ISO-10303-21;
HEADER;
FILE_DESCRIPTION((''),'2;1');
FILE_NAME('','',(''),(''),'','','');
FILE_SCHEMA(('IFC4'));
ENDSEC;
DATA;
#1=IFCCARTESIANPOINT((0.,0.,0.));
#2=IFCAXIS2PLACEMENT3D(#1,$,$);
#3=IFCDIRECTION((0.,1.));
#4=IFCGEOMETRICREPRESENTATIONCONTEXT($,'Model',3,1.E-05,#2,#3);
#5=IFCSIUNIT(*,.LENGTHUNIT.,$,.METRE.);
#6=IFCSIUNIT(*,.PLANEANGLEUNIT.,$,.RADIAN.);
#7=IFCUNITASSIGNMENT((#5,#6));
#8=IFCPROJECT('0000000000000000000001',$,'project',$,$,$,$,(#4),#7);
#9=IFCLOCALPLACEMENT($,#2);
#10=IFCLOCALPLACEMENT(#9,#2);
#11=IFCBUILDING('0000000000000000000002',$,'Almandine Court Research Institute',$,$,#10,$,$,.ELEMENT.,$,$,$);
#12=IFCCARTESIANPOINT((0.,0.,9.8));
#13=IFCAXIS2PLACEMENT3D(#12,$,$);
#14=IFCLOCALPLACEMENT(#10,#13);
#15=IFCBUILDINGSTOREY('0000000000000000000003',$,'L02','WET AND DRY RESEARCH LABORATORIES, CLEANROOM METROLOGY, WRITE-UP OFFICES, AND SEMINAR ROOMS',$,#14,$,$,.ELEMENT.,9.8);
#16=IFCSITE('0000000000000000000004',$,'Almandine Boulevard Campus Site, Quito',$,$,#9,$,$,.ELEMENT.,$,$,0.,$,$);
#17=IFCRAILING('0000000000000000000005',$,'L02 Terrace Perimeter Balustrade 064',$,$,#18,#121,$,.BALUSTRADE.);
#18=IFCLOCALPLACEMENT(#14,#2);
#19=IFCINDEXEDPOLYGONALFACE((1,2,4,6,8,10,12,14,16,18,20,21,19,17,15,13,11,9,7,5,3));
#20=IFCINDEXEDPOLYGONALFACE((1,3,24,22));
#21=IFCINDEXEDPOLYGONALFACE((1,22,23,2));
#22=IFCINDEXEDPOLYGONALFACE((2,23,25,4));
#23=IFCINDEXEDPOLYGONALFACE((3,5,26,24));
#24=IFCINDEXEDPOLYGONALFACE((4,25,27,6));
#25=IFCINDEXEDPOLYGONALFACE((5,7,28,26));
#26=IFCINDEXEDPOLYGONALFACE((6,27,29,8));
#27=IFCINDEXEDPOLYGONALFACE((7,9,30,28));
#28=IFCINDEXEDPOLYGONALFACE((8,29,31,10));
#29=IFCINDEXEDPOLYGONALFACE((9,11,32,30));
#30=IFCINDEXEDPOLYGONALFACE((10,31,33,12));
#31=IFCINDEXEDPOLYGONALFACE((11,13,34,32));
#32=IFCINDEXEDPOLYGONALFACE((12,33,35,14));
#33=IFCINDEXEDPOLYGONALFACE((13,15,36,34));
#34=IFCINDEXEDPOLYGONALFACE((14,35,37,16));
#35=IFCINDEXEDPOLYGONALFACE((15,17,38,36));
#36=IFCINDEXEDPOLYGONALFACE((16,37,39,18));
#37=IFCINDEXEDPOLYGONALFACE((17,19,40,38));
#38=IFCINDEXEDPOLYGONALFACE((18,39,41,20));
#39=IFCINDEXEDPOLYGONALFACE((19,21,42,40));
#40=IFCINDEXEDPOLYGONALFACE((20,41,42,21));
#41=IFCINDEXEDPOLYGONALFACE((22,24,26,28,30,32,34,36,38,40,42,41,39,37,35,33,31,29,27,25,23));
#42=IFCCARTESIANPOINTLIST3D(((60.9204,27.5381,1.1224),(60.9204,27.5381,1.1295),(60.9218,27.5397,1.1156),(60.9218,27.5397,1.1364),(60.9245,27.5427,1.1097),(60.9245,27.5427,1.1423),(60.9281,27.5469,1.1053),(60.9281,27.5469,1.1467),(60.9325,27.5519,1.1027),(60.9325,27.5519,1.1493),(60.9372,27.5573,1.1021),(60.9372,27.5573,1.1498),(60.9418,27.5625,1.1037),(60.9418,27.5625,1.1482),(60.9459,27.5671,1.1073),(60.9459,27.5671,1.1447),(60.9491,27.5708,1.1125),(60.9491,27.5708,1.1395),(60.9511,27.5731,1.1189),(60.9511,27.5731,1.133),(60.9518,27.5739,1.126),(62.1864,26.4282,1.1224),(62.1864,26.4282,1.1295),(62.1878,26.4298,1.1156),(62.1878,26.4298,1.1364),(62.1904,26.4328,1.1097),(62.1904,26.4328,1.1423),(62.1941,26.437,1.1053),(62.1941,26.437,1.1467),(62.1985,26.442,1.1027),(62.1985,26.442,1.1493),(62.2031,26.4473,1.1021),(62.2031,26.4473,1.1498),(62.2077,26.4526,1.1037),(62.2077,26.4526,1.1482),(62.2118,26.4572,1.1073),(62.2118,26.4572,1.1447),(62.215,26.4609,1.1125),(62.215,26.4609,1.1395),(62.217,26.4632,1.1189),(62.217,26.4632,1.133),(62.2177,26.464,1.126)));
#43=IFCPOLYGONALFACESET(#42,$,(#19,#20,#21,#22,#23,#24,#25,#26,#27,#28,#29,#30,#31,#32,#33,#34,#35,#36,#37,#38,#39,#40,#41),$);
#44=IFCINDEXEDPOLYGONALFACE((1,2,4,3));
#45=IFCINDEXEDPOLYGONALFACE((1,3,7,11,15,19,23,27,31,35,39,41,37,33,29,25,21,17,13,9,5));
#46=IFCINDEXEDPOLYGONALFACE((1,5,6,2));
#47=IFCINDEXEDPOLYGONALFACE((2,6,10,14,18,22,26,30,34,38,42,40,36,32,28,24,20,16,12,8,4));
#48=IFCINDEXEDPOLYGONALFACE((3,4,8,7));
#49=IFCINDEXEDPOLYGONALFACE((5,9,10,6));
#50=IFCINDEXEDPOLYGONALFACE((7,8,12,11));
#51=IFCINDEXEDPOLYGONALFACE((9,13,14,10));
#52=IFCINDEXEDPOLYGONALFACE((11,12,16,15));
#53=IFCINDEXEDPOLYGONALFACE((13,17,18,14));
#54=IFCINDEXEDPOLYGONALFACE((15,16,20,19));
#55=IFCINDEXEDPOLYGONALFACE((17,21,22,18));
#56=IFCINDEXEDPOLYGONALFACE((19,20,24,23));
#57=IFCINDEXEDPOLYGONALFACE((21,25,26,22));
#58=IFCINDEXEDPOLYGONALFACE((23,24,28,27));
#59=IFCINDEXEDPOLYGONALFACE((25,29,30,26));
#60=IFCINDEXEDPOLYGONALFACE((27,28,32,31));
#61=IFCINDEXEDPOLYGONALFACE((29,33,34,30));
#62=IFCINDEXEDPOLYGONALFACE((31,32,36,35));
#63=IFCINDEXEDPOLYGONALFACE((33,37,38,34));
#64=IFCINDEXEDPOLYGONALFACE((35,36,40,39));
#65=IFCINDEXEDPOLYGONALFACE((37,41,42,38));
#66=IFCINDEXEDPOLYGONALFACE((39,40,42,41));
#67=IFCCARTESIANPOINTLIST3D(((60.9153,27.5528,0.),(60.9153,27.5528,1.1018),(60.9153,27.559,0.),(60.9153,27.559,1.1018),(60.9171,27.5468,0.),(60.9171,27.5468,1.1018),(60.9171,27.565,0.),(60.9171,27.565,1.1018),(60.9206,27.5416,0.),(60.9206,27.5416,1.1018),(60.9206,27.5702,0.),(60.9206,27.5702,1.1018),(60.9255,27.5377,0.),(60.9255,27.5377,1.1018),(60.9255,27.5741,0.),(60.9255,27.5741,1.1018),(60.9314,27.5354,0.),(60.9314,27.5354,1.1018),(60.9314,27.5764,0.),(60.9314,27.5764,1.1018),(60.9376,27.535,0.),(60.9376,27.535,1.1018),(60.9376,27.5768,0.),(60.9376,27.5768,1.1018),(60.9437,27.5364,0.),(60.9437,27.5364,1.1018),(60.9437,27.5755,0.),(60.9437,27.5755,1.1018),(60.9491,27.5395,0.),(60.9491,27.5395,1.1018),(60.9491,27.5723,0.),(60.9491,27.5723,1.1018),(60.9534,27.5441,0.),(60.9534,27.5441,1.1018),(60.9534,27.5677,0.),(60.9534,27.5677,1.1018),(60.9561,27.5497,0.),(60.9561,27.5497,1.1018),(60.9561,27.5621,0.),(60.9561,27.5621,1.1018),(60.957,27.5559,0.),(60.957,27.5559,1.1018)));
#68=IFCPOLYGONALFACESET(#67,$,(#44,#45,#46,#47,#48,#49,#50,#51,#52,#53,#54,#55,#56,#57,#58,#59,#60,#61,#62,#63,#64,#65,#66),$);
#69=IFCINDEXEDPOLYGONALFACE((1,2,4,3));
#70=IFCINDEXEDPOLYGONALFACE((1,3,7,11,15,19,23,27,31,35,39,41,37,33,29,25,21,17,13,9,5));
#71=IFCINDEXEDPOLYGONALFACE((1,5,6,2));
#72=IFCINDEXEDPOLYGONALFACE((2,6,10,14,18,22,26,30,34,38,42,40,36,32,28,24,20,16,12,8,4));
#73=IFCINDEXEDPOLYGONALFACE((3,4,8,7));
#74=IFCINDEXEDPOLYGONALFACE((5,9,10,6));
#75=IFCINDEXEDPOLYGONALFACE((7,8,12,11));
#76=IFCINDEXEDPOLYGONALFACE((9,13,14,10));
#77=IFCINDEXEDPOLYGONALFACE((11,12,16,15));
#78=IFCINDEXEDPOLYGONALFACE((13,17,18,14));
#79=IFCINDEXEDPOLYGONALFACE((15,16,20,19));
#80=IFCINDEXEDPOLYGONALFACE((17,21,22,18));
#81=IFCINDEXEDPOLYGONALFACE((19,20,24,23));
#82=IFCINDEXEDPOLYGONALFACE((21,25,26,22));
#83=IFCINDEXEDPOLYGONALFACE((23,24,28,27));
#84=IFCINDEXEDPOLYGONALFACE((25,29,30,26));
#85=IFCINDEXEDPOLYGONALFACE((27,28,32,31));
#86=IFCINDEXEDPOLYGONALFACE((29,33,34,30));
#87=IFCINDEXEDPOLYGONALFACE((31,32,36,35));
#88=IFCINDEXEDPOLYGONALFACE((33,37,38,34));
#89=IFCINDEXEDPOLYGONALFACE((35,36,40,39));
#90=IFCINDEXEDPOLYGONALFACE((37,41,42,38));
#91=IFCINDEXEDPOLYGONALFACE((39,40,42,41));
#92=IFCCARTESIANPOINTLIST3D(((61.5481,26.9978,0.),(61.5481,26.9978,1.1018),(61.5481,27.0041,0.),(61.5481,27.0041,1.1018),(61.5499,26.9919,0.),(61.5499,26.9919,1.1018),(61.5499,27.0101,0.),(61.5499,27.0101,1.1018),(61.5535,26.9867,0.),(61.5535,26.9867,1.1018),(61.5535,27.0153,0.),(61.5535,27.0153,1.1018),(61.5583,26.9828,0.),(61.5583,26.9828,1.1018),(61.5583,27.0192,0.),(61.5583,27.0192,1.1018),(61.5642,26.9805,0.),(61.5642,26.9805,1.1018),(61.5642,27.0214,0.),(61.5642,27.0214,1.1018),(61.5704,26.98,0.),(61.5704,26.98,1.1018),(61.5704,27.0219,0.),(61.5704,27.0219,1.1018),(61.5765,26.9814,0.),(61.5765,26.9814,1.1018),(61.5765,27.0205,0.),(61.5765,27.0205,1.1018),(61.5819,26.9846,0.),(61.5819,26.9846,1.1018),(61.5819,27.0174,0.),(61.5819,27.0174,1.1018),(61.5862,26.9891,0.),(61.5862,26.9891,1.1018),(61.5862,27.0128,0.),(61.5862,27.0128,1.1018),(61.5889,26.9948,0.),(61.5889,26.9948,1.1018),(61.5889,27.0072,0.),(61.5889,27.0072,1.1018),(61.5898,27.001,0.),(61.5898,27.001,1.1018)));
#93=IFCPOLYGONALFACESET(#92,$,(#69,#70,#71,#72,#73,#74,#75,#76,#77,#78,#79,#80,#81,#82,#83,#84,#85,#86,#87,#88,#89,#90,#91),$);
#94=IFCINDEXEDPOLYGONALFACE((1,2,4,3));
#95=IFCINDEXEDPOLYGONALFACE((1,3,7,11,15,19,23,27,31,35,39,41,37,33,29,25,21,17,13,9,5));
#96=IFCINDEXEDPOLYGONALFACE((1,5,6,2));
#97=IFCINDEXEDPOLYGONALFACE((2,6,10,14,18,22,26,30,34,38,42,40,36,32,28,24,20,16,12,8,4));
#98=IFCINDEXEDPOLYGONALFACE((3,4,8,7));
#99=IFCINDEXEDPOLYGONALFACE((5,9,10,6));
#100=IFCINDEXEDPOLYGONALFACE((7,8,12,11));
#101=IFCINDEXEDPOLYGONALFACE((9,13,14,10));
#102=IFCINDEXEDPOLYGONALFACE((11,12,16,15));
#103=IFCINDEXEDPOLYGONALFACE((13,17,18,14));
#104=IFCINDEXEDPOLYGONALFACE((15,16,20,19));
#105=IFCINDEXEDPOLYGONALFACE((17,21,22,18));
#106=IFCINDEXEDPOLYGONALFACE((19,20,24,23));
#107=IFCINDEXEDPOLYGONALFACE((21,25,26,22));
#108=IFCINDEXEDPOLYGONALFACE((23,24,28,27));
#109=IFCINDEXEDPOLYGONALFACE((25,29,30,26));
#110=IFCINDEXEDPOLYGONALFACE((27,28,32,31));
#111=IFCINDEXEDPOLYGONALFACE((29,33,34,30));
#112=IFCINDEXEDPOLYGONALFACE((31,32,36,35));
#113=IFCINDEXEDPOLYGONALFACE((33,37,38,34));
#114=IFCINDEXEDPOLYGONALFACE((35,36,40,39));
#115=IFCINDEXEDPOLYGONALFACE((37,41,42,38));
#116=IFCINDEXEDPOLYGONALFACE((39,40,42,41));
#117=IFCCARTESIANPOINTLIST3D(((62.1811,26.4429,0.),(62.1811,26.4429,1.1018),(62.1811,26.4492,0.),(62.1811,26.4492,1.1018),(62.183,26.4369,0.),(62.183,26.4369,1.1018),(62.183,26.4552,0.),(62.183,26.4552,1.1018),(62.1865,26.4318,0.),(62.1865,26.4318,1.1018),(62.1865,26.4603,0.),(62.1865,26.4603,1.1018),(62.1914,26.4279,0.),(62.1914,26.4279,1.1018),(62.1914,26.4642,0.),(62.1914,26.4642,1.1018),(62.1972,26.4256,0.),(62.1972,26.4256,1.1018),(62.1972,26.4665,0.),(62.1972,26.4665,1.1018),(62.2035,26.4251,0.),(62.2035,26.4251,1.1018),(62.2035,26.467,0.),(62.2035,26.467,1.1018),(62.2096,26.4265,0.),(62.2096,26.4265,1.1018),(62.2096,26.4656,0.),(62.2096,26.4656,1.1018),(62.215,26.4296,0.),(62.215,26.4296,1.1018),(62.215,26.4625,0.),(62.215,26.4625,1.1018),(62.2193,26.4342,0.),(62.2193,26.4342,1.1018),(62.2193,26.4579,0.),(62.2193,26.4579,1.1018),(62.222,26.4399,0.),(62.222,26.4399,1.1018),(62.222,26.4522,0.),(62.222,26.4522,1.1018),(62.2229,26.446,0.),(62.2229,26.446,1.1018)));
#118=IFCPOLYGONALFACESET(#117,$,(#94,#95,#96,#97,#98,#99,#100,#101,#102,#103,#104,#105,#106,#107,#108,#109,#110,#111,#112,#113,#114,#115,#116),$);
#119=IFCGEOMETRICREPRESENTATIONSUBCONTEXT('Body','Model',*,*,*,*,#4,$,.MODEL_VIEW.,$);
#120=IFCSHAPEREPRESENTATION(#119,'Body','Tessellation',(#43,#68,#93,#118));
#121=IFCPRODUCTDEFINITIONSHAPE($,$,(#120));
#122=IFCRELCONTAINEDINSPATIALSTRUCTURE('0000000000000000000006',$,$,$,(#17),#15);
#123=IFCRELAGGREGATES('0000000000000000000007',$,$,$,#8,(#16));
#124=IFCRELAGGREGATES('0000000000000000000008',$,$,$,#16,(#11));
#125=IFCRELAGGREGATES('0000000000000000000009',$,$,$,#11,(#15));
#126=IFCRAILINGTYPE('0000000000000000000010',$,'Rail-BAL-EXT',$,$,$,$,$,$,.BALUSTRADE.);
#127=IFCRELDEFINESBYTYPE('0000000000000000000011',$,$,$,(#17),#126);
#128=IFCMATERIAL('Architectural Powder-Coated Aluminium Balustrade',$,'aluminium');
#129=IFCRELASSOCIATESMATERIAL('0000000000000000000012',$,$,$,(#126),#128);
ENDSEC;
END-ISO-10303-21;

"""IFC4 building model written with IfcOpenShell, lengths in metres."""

from ifc_helpers import new_model, si_unit, direction, frame, origin, origin_2d, place, context, subcontext, project, spatial, circle, extrude, material, type_object, element, save


model = new_model("IFC4")

# Units and contexts
model_context = context("Model", 3, precision=1e-05, world=origin(), true_north=direction((0.0, 1.0)))
body_context = subcontext(model_context, "Body", "Model", "MODEL_VIEW")
ifc_project = project(units=[si_unit("LENGTHUNIT", "METRE"), si_unit("PLANEANGLEUNIT", "RADIAN")], contexts=[model_context])

# Site, building, storey
site_placement = place(None, origin())
site = spatial("IfcSite", under=ifc_project, at=site_placement, Name="Almandine Boulevard Campus Site, Quito", CompositionType="ELEMENT", RefElevation=0.0)
building_placement = place(site_placement, origin())
building = spatial("IfcBuilding", under=site, at=building_placement, Name="Almandine Court Research Institute", CompositionType="ELEMENT")
storey_placement = place(building_placement, frame((0.0, 0.0, 9.8)))
storey = spatial("IfcBuildingStorey", under=building, at=storey_placement, Name="L02", Description="WET AND DRY RESEARCH LABORATORIES, CLEANROOM METROLOGY, WRITE-UP OFFICES, AND SEMINAR ROOMS", CompositionType="ELEMENT", Elevation=9.8)

# Railing
ifc_material_1 = material(Name="Architectural Powder-Coated Aluminium Balustrade", Category="aluminium")
railing_type = type_object("IfcRailingType", Name="Rail-BAL-EXT", PredefinedType="BALUSTRADE", material=ifc_material_1)
railing_1_placement = place(storey_placement, frame((60.936, 27.5559, 0.0)))
element("IfcRailing", 1, at=railing_1_placement, inside=storey, type_object=railing_type, Name="L02 Terrace Perimeter Balustrade 064", PredefinedType="BALUSTRADE", context=body_context, shape_type="SweptSolid", body=[
    extrude(circle(Radius=0.0239, at=origin_2d()), frame((0.0, 0.0, 1.126), z_axis=(0.751921, -0.659254, 0.0), x_axis=(0.659254, 0.751921, 0.0)), (0.0, 0.0, 1.0), 1.6836),
    extrude(circle(Radius=0.021, at=origin_2d()), origin(), (0.0, 0.0, 1.0), 1.1018),
    extrude(circle(Radius=0.021, at=origin_2d()), frame((0.6328, -0.5549, 0.0)), (0.0, 0.0, 1.0), 1.1018),
    extrude(circle(Radius=0.021, at=origin_2d()), frame((1.2659, -1.1099, 0.0)), (0.0, 0.0, 1.0), 1.1018),
])

save(model, "model.ifc")
